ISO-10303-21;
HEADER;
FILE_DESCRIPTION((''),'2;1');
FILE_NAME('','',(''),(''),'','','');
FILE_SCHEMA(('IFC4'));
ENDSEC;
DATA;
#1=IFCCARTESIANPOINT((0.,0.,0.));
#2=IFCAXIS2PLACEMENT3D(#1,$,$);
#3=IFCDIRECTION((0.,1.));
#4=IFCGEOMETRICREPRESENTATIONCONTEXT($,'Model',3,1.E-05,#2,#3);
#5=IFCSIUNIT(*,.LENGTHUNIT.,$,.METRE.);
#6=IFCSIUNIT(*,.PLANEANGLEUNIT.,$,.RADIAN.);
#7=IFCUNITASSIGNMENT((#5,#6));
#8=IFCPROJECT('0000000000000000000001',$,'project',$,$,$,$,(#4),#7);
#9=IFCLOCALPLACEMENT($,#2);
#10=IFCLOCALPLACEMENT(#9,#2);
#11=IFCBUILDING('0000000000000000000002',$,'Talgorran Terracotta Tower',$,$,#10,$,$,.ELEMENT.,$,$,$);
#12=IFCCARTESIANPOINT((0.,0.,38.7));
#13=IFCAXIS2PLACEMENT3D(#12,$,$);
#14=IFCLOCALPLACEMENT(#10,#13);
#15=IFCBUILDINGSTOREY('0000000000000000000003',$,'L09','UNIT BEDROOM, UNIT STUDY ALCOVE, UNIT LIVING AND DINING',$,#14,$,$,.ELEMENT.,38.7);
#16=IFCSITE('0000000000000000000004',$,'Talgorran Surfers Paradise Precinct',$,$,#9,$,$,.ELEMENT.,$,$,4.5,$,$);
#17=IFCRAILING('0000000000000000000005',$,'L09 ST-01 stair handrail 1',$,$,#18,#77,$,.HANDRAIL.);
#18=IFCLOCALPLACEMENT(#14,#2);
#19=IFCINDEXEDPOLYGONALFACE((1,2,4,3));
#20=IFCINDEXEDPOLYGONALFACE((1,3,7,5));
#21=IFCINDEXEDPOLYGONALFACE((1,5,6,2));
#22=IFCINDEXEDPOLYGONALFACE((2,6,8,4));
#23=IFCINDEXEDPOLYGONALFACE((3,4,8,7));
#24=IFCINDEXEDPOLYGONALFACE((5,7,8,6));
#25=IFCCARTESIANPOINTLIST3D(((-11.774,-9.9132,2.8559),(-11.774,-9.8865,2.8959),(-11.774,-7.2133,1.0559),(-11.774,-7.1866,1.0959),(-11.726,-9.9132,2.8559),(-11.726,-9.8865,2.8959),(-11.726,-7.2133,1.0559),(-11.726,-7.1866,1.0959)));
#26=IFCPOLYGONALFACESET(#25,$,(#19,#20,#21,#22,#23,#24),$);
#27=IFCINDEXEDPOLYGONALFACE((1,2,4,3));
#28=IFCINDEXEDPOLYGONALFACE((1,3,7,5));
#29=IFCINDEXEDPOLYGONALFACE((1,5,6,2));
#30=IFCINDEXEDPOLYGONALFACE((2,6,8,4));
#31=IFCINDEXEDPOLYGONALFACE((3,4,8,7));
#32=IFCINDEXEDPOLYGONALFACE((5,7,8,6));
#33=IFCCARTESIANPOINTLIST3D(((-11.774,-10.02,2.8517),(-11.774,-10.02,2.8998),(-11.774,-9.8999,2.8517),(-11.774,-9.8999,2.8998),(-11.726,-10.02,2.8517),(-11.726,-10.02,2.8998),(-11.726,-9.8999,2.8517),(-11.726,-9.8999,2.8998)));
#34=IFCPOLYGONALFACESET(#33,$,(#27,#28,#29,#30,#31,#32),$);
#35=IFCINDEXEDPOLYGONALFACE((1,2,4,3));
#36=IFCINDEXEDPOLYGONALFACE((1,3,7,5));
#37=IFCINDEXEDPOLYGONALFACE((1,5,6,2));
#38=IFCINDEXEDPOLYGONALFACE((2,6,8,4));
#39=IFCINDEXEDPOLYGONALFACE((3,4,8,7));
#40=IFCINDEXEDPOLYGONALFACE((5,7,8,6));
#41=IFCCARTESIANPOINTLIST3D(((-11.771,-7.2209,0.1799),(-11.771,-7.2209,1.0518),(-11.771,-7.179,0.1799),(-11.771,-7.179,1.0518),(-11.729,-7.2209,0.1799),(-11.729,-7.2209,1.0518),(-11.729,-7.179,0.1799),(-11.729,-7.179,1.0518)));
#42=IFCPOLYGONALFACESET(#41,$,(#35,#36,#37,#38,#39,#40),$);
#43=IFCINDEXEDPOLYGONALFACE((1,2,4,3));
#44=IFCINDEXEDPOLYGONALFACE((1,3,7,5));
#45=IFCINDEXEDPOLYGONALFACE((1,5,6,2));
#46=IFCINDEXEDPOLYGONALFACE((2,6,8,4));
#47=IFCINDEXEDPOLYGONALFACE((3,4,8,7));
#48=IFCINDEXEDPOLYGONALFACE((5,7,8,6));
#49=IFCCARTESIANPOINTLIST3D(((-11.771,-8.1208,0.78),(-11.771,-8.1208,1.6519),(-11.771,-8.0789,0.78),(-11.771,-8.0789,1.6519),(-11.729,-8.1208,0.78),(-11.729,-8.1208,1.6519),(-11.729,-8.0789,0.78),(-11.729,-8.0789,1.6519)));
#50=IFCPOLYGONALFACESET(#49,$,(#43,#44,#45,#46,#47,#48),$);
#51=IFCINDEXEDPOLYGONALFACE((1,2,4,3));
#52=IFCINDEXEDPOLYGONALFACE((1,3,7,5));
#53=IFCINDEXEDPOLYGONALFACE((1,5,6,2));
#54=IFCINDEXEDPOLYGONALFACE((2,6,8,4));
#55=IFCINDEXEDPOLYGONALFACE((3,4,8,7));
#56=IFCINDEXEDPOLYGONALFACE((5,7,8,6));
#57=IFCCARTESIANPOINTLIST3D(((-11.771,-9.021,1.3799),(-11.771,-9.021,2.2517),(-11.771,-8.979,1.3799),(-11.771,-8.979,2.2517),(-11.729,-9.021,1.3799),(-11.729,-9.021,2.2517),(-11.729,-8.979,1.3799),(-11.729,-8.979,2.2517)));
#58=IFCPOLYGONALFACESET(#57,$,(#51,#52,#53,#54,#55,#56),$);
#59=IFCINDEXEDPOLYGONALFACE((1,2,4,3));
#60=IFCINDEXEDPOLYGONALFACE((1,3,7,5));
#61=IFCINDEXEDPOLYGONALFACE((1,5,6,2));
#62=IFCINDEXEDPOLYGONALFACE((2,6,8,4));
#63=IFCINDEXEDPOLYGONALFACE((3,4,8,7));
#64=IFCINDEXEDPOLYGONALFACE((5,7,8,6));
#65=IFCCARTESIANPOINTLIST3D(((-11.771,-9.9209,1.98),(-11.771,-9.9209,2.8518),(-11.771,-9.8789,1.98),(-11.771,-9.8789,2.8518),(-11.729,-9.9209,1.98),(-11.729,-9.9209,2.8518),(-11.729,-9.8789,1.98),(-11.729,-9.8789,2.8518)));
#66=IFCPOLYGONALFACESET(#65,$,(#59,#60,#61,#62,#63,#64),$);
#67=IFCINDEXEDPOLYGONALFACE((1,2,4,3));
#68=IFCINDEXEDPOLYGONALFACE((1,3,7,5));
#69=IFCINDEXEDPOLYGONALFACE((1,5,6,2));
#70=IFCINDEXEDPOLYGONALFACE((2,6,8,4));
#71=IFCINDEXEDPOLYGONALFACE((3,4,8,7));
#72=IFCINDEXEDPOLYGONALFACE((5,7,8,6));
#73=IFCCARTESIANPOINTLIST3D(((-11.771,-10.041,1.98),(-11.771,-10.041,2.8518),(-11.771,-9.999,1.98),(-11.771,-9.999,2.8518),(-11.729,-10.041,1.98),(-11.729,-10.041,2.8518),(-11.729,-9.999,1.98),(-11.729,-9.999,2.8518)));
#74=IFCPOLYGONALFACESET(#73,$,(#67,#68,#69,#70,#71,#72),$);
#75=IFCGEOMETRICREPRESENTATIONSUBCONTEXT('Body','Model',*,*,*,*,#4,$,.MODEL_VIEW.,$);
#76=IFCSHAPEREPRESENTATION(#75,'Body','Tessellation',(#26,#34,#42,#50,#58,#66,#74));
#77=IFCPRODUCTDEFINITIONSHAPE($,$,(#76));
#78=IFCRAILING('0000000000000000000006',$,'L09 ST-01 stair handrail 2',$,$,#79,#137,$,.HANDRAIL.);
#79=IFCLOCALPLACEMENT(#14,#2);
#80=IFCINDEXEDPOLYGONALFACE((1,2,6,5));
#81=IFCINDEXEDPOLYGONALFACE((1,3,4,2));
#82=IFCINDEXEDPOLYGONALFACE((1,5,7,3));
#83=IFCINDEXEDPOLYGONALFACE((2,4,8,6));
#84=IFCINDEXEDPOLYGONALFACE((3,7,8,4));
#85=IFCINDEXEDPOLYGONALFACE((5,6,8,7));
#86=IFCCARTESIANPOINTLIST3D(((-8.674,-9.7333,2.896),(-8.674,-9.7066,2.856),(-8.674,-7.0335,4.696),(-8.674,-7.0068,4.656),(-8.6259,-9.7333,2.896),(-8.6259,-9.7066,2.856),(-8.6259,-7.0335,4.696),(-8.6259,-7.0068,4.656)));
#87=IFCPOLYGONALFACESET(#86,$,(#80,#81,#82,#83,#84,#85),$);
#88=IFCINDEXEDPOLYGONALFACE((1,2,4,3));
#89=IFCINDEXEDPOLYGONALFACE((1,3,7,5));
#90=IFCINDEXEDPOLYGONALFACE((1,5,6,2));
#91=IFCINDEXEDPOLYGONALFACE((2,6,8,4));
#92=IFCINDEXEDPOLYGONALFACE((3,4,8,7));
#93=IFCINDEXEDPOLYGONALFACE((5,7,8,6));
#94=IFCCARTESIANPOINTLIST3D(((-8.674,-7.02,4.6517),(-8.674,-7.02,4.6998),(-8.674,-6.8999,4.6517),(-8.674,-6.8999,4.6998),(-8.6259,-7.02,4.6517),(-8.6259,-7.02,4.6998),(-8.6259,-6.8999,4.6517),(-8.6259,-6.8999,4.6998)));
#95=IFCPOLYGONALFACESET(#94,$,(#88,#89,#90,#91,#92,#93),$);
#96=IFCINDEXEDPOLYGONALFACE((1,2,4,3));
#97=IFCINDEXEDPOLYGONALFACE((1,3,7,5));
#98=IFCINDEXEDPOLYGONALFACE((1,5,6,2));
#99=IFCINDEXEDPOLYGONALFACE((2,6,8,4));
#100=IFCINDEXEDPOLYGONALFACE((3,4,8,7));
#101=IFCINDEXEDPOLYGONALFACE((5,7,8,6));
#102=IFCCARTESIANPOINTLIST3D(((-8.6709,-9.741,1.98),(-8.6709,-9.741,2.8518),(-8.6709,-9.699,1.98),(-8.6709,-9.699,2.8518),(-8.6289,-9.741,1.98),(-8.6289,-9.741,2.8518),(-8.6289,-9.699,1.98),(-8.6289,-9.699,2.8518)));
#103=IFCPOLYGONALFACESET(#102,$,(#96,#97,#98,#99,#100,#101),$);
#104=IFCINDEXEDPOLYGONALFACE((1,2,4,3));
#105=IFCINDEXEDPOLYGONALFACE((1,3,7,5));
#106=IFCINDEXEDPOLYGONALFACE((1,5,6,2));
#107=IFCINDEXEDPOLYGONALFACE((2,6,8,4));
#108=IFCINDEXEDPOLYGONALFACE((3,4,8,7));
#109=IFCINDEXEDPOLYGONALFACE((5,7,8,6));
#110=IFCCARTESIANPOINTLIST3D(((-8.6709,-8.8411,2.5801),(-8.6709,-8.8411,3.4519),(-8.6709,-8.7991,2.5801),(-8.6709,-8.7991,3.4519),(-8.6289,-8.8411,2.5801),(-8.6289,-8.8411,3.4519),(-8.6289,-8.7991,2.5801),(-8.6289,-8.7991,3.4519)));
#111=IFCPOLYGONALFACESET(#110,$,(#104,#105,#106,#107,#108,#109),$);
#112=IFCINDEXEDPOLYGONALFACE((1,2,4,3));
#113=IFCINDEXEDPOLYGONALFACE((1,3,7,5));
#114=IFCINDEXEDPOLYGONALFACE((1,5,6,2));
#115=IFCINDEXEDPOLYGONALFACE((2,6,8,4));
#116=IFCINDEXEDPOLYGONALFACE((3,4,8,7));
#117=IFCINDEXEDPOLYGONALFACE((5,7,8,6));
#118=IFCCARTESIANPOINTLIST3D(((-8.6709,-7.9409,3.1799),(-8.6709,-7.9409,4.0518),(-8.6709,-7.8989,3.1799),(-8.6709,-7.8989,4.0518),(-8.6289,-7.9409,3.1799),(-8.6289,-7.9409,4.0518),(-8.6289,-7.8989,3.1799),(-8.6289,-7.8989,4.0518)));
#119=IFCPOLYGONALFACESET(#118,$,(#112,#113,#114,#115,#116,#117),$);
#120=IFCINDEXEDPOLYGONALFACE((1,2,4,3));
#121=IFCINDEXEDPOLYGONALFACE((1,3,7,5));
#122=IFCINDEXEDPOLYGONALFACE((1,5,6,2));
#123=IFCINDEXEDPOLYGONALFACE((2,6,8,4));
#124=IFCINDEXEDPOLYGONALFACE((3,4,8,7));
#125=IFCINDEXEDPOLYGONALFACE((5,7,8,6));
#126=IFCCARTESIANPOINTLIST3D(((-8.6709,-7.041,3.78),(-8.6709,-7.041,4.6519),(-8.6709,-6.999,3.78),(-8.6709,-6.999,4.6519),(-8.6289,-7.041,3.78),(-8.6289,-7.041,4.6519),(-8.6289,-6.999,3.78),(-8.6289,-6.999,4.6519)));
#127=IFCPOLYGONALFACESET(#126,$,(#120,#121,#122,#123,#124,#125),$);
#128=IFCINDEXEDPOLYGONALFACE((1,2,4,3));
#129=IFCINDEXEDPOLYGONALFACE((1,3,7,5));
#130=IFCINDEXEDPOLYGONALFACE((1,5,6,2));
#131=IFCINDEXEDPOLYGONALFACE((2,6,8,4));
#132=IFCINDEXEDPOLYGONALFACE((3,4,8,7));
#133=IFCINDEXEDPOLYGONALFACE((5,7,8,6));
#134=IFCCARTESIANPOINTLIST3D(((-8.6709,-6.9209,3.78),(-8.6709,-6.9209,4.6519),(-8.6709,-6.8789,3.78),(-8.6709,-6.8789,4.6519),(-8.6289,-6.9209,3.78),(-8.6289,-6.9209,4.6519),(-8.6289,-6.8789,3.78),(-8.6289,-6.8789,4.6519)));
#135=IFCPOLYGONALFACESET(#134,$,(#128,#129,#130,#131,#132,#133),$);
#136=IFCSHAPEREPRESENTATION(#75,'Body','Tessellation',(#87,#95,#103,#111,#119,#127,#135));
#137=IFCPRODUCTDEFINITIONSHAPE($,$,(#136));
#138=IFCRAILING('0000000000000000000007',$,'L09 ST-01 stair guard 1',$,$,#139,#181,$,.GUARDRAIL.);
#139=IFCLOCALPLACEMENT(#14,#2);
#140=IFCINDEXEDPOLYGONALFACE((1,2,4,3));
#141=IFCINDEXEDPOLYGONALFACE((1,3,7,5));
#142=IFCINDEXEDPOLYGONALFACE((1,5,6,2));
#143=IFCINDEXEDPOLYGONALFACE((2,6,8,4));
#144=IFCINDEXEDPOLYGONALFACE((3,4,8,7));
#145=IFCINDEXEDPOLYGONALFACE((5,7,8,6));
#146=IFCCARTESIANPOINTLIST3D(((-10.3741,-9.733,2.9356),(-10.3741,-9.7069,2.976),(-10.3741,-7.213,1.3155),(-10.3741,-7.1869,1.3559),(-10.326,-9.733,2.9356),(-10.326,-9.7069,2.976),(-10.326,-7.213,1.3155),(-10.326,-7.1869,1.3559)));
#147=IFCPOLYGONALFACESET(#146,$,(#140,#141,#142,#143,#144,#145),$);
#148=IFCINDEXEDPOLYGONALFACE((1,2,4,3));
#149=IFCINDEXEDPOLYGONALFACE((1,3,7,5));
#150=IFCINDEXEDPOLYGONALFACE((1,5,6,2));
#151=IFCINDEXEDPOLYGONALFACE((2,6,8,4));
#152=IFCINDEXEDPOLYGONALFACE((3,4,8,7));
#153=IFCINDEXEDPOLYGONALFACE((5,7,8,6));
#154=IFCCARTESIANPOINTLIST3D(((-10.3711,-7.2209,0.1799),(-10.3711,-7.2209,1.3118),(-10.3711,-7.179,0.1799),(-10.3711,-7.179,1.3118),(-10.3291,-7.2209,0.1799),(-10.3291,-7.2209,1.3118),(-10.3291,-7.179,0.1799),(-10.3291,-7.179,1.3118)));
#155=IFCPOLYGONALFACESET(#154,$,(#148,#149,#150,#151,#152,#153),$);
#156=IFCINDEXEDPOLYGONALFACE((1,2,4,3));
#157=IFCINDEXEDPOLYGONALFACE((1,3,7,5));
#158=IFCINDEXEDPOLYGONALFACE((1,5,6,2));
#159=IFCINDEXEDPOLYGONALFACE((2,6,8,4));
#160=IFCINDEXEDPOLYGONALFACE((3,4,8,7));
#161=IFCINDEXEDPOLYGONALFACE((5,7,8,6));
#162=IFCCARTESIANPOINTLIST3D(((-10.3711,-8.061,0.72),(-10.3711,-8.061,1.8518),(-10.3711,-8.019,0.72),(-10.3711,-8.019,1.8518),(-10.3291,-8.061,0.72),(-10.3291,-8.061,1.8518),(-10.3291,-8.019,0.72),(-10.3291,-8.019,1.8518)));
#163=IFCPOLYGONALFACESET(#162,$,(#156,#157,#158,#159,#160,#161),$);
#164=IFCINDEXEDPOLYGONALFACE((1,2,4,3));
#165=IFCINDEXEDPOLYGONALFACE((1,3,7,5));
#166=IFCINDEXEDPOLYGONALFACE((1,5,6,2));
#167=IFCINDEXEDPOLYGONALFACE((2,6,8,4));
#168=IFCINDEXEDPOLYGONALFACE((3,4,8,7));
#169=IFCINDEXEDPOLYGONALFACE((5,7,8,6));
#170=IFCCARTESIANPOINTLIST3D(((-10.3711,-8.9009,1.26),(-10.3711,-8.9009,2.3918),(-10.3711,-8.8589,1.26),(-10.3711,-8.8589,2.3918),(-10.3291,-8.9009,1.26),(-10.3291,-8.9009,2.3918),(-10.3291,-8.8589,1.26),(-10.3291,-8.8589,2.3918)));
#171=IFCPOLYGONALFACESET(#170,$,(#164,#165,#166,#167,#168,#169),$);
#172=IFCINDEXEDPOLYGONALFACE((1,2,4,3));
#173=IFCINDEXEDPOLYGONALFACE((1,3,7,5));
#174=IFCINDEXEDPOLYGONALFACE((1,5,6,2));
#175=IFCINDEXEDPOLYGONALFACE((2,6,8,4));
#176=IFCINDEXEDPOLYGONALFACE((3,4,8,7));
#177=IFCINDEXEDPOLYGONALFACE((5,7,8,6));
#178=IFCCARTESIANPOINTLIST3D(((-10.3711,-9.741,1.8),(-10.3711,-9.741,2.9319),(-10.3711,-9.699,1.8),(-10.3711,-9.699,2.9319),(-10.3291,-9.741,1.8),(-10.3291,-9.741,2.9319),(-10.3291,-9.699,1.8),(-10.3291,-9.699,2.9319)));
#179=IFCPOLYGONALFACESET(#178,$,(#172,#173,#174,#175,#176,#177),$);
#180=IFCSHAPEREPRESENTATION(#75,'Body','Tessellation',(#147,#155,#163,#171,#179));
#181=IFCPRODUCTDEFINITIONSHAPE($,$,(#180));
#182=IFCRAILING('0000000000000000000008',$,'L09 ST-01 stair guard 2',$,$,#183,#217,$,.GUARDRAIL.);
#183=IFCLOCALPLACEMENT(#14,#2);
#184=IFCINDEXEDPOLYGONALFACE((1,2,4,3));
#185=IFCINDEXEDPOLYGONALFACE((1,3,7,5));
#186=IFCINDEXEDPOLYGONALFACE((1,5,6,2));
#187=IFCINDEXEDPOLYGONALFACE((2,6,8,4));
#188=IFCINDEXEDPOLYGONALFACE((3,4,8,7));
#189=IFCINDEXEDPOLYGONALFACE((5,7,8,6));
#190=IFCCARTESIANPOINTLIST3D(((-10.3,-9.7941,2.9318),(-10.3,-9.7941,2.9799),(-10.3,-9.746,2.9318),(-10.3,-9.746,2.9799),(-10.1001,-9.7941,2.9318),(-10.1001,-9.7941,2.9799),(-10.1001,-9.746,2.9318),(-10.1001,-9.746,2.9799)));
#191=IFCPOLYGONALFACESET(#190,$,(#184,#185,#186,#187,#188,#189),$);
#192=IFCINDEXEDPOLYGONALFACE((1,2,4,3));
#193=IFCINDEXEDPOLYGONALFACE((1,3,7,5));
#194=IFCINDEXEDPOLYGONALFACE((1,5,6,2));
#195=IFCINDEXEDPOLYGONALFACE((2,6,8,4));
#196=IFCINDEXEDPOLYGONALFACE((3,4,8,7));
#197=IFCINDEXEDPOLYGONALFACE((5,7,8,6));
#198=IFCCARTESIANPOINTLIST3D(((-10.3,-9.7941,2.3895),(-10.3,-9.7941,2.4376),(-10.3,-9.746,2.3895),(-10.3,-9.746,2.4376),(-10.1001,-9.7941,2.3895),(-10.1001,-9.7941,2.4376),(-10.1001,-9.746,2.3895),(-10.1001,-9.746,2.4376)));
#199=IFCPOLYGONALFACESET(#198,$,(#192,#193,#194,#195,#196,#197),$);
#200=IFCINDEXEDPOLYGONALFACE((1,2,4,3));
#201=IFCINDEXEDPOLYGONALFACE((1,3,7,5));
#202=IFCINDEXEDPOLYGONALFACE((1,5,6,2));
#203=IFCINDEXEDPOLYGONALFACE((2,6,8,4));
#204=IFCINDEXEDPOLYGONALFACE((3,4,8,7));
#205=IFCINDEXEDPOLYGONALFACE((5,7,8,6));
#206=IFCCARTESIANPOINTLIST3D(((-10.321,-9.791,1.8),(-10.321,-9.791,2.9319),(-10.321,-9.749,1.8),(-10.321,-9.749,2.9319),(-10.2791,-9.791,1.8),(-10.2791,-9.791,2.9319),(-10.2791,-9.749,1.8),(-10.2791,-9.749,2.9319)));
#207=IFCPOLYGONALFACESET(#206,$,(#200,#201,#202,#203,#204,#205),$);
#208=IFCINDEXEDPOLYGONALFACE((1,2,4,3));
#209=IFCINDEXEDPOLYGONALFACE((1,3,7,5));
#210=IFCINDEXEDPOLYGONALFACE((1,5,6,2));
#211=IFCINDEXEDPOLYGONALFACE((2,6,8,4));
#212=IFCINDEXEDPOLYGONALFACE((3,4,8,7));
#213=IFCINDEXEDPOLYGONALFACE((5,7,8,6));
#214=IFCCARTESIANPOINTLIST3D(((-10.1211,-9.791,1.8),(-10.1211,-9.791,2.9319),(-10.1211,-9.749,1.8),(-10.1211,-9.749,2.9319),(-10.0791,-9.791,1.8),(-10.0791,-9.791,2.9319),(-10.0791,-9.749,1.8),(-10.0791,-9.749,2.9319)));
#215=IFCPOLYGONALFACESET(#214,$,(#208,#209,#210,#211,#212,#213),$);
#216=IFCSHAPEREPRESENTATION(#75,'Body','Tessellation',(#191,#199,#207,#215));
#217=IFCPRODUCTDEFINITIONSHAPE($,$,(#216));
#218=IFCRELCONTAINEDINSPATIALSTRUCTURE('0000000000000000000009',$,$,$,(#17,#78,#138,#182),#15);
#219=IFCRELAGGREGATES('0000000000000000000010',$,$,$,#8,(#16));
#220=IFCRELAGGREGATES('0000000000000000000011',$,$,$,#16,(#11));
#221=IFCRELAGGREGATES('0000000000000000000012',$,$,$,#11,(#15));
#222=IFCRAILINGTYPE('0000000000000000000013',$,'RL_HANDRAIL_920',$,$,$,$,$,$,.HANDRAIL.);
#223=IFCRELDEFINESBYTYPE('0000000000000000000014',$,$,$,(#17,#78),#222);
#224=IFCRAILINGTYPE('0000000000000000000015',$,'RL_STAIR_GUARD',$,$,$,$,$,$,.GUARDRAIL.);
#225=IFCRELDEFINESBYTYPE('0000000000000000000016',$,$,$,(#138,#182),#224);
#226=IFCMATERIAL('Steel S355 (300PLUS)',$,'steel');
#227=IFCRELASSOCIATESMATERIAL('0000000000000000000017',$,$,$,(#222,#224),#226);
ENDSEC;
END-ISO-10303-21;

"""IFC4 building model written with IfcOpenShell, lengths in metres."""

from ifc_helpers import new_model, si_unit, direction, frame, origin, origin_2d, place, context, subcontext, project, spatial, rectangle, extrude, material, type_object, element, save


model = new_model("IFC4")

# Units and contexts
model_context = context("Model", 3, precision=1e-05, world=origin(), true_north=direction((0.0, 1.0)))
body_context = subcontext(model_context, "Body", "Model", "MODEL_VIEW")
ifc_project = project(units=[si_unit("LENGTHUNIT", "METRE"), si_unit("PLANEANGLEUNIT", "RADIAN")], contexts=[model_context])

# Site, building, storey
site_placement = place(None, origin())
site = spatial("IfcSite", under=ifc_project, at=site_placement, Name="Talgorran Surfers Paradise Precinct", CompositionType="ELEMENT", RefElevation=4.5)
building_placement = place(site_placement, origin())
building = spatial("IfcBuilding", under=site, at=building_placement, Name="Talgorran Terracotta Tower", CompositionType="ELEMENT")
storey_placement = place(building_placement, frame((0.0, 0.0, 38.7)))
storey = spatial("IfcBuildingStorey", under=building, at=storey_placement, Name="L09", Description="UNIT BEDROOM, UNIT STUDY ALCOVE, UNIT LIVING AND DINING", CompositionType="ELEMENT", Elevation=38.7)

# Railings
ifc_material_1 = material(Name="Steel S355 (300PLUS)", Category="steel")
railing_type_1 = type_object("IfcRailingType", Name="RL_HANDRAIL_920", PredefinedType="HANDRAIL", material=ifc_material_1)
railing_1_placement = place(storey_placement, frame((-11.75, -7.2, 0.1799)))
element("IfcRailing", 1, at=railing_1_placement, inside=storey, type_object=railing_type_1, Name="L09 ST-01 stair handrail 1", PredefinedType="HANDRAIL", context=body_context, shape_type="SweptSolid", body=[
    extrude(rectangle(XDim=0.0481, YDim=0.0481, at=origin_2d()), frame((0.0, 0.0, 0.896), z_axis=(0.0, -0.832039, 0.554718), x_axis=(1.0, 0.0, 0.0)), (0.0, 0.0, 1.0), 3.2449),
    extrude(rectangle(XDim=0.0481, YDim=0.0481, at=origin_2d()), frame((0.0, -2.7, 2.6958), z_axis=(0.0, -1.0, 0.0), x_axis=(1.0, 0.0, 0.0)), (0.0, 0.0, 1.0), 0.1201),
    extrude(rectangle(XDim=0.042, YDim=0.042, at=origin_2d()), origin(), (0.0, 0.0, 1.0), 0.8718),
    extrude(rectangle(XDim=0.042, YDim=0.042, at=origin_2d()), frame((0.0, -0.8999, 0.6001)), (0.0, 0.0, 1.0), 0.8718),
    extrude(rectangle(XDim=0.042, YDim=0.042, at=origin_2d()), frame((0.0, -1.8, 1.2)), (0.0, 0.0, 1.0), 0.8718),
    extrude(rectangle(XDim=0.042, YDim=0.042, at=origin_2d()), frame((0.0, -2.7, 1.8)), (0.0, 0.0, 1.0), 0.8718),
    extrude(rectangle(XDim=0.042, YDim=0.042, at=origin_2d()), frame((0.0, -2.8201, 1.8)), (0.0, 0.0, 1.0), 0.8718),
])
railing_2_placement = place(storey_placement, frame((-8.6499, -9.72, 1.98)))
element("IfcRailing", 2, at=railing_2_placement, inside=storey, type_object=railing_type_1, Name="L09 ST-01 stair handrail 2", PredefinedType="HANDRAIL", context=body_context, shape_type="SweptSolid", body=[
    extrude(rectangle(XDim=0.0481, YDim=0.0481, at=origin_2d()), frame((0.0, 0.0, 0.896), z_axis=(0.0, 0.832039, 0.554718), x_axis=(-1.0, 0.0, 0.0)), (0.0, 0.0, 1.0), 3.2449),
    extrude(rectangle(XDim=0.0481, YDim=0.0481, at=origin_2d()), frame((0.0, 2.7, 2.6958), z_axis=(0.0, 1.0, 0.0), x_axis=(-1.0, 0.0, 0.0)), (0.0, 0.0, 1.0), 0.1201),
    extrude(rectangle(XDim=0.042, YDim=0.042, at=origin_2d()), origin(), (0.0, 0.0, 1.0), 0.8718),
    extrude(rectangle(XDim=0.042, YDim=0.042, at=origin_2d()), frame((0.0, 0.8999, 0.6001)), (0.0, 0.0, 1.0), 0.8718),
    extrude(rectangle(XDim=0.042, YDim=0.042, at=origin_2d()), frame((0.0, 1.8, 1.2)), (0.0, 0.0, 1.0), 0.8718),
    extrude(rectangle(XDim=0.042, YDim=0.042, at=origin_2d()), frame((0.0, 2.7, 1.8)), (0.0, 0.0, 1.0), 0.8718),
    extrude(rectangle(XDim=0.042, YDim=0.042, at=origin_2d()), frame((0.0, 2.8201, 1.8)), (0.0, 0.0, 1.0), 0.8718),
])
railing_type_2 = type_object("IfcRailingType", Name="RL_STAIR_GUARD", PredefinedType="GUARDRAIL", material=ifc_material_1)
railing_3_placement = place(storey_placement, frame((-10.3501, -7.2, 0.1799)))
element("IfcRailing", 3, at=railing_3_placement, inside=storey, type_object=railing_type_2, Name="L09 ST-01 stair guard 1", PredefinedType="GUARDRAIL", context=body_context, shape_type="SweptSolid", body=[
    extrude(rectangle(XDim=0.0481, YDim=0.0481, at=origin_2d()), frame((0.0, 0.0, 1.1558), z_axis=(0.0, -0.841163, 0.540782), x_axis=(1.0, 0.0, 0.0)), (0.0, 0.0, 1.0), 2.9958),
    extrude(rectangle(XDim=0.042, YDim=0.042, at=origin_2d()), origin(), (0.0, 0.0, 1.0), 1.1318),
    extrude(rectangle(XDim=0.042, YDim=0.042, at=origin_2d()), frame((0.0, -0.8401, 0.54)), (0.0, 0.0, 1.0), 1.1318),
    extrude(rectangle(XDim=0.042, YDim=0.042, at=origin_2d()), frame((0.0, -1.6799, 1.0801)), (0.0, 0.0, 1.0), 1.1318),
    extrude(rectangle(XDim=0.042, YDim=0.042, at=origin_2d()), frame((0.0, -2.52, 1.6201)), (0.0, 0.0, 1.0), 1.1318),
])
railing_4_placement = place(storey_placement, frame((-10.3, -9.77, 1.8)))
element("IfcRailing", 4, at=railing_4_placement, inside=storey, type_object=railing_type_2, Name="L09 ST-01 stair guard 2", PredefinedType="GUARDRAIL", context=body_context, shape_type="SweptSolid", body=[
    extrude(rectangle(XDim=0.0481, YDim=0.0481, at=origin_2d()), frame((0.0, 0.0, 1.1558), z_axis=(1.0, 0.0, 0.0), x_axis=(0.0, 1.0, 0.0)), (0.0, 0.0, 1.0), 0.2),
    extrude(rectangle(XDim=0.0481, YDim=0.0481, at=origin_2d()), frame((0.0, 0.0, 0.6135), z_axis=(1.0, 0.0, 0.0), x_axis=(0.0, 1.0, 0.0)), (0.0, 0.0, 1.0), 0.2),
    extrude(rectangle(XDim=0.042, YDim=0.042, at=origin_2d()), origin(), (0.0, 0.0, 1.0), 1.1318),
    extrude(rectangle(XDim=0.042, YDim=0.042, at=origin_2d()), frame((0.2, 0.0, 0.0)), (0.0, 0.0, 1.0), 1.1318),
])

save(model, "model.ifc")
